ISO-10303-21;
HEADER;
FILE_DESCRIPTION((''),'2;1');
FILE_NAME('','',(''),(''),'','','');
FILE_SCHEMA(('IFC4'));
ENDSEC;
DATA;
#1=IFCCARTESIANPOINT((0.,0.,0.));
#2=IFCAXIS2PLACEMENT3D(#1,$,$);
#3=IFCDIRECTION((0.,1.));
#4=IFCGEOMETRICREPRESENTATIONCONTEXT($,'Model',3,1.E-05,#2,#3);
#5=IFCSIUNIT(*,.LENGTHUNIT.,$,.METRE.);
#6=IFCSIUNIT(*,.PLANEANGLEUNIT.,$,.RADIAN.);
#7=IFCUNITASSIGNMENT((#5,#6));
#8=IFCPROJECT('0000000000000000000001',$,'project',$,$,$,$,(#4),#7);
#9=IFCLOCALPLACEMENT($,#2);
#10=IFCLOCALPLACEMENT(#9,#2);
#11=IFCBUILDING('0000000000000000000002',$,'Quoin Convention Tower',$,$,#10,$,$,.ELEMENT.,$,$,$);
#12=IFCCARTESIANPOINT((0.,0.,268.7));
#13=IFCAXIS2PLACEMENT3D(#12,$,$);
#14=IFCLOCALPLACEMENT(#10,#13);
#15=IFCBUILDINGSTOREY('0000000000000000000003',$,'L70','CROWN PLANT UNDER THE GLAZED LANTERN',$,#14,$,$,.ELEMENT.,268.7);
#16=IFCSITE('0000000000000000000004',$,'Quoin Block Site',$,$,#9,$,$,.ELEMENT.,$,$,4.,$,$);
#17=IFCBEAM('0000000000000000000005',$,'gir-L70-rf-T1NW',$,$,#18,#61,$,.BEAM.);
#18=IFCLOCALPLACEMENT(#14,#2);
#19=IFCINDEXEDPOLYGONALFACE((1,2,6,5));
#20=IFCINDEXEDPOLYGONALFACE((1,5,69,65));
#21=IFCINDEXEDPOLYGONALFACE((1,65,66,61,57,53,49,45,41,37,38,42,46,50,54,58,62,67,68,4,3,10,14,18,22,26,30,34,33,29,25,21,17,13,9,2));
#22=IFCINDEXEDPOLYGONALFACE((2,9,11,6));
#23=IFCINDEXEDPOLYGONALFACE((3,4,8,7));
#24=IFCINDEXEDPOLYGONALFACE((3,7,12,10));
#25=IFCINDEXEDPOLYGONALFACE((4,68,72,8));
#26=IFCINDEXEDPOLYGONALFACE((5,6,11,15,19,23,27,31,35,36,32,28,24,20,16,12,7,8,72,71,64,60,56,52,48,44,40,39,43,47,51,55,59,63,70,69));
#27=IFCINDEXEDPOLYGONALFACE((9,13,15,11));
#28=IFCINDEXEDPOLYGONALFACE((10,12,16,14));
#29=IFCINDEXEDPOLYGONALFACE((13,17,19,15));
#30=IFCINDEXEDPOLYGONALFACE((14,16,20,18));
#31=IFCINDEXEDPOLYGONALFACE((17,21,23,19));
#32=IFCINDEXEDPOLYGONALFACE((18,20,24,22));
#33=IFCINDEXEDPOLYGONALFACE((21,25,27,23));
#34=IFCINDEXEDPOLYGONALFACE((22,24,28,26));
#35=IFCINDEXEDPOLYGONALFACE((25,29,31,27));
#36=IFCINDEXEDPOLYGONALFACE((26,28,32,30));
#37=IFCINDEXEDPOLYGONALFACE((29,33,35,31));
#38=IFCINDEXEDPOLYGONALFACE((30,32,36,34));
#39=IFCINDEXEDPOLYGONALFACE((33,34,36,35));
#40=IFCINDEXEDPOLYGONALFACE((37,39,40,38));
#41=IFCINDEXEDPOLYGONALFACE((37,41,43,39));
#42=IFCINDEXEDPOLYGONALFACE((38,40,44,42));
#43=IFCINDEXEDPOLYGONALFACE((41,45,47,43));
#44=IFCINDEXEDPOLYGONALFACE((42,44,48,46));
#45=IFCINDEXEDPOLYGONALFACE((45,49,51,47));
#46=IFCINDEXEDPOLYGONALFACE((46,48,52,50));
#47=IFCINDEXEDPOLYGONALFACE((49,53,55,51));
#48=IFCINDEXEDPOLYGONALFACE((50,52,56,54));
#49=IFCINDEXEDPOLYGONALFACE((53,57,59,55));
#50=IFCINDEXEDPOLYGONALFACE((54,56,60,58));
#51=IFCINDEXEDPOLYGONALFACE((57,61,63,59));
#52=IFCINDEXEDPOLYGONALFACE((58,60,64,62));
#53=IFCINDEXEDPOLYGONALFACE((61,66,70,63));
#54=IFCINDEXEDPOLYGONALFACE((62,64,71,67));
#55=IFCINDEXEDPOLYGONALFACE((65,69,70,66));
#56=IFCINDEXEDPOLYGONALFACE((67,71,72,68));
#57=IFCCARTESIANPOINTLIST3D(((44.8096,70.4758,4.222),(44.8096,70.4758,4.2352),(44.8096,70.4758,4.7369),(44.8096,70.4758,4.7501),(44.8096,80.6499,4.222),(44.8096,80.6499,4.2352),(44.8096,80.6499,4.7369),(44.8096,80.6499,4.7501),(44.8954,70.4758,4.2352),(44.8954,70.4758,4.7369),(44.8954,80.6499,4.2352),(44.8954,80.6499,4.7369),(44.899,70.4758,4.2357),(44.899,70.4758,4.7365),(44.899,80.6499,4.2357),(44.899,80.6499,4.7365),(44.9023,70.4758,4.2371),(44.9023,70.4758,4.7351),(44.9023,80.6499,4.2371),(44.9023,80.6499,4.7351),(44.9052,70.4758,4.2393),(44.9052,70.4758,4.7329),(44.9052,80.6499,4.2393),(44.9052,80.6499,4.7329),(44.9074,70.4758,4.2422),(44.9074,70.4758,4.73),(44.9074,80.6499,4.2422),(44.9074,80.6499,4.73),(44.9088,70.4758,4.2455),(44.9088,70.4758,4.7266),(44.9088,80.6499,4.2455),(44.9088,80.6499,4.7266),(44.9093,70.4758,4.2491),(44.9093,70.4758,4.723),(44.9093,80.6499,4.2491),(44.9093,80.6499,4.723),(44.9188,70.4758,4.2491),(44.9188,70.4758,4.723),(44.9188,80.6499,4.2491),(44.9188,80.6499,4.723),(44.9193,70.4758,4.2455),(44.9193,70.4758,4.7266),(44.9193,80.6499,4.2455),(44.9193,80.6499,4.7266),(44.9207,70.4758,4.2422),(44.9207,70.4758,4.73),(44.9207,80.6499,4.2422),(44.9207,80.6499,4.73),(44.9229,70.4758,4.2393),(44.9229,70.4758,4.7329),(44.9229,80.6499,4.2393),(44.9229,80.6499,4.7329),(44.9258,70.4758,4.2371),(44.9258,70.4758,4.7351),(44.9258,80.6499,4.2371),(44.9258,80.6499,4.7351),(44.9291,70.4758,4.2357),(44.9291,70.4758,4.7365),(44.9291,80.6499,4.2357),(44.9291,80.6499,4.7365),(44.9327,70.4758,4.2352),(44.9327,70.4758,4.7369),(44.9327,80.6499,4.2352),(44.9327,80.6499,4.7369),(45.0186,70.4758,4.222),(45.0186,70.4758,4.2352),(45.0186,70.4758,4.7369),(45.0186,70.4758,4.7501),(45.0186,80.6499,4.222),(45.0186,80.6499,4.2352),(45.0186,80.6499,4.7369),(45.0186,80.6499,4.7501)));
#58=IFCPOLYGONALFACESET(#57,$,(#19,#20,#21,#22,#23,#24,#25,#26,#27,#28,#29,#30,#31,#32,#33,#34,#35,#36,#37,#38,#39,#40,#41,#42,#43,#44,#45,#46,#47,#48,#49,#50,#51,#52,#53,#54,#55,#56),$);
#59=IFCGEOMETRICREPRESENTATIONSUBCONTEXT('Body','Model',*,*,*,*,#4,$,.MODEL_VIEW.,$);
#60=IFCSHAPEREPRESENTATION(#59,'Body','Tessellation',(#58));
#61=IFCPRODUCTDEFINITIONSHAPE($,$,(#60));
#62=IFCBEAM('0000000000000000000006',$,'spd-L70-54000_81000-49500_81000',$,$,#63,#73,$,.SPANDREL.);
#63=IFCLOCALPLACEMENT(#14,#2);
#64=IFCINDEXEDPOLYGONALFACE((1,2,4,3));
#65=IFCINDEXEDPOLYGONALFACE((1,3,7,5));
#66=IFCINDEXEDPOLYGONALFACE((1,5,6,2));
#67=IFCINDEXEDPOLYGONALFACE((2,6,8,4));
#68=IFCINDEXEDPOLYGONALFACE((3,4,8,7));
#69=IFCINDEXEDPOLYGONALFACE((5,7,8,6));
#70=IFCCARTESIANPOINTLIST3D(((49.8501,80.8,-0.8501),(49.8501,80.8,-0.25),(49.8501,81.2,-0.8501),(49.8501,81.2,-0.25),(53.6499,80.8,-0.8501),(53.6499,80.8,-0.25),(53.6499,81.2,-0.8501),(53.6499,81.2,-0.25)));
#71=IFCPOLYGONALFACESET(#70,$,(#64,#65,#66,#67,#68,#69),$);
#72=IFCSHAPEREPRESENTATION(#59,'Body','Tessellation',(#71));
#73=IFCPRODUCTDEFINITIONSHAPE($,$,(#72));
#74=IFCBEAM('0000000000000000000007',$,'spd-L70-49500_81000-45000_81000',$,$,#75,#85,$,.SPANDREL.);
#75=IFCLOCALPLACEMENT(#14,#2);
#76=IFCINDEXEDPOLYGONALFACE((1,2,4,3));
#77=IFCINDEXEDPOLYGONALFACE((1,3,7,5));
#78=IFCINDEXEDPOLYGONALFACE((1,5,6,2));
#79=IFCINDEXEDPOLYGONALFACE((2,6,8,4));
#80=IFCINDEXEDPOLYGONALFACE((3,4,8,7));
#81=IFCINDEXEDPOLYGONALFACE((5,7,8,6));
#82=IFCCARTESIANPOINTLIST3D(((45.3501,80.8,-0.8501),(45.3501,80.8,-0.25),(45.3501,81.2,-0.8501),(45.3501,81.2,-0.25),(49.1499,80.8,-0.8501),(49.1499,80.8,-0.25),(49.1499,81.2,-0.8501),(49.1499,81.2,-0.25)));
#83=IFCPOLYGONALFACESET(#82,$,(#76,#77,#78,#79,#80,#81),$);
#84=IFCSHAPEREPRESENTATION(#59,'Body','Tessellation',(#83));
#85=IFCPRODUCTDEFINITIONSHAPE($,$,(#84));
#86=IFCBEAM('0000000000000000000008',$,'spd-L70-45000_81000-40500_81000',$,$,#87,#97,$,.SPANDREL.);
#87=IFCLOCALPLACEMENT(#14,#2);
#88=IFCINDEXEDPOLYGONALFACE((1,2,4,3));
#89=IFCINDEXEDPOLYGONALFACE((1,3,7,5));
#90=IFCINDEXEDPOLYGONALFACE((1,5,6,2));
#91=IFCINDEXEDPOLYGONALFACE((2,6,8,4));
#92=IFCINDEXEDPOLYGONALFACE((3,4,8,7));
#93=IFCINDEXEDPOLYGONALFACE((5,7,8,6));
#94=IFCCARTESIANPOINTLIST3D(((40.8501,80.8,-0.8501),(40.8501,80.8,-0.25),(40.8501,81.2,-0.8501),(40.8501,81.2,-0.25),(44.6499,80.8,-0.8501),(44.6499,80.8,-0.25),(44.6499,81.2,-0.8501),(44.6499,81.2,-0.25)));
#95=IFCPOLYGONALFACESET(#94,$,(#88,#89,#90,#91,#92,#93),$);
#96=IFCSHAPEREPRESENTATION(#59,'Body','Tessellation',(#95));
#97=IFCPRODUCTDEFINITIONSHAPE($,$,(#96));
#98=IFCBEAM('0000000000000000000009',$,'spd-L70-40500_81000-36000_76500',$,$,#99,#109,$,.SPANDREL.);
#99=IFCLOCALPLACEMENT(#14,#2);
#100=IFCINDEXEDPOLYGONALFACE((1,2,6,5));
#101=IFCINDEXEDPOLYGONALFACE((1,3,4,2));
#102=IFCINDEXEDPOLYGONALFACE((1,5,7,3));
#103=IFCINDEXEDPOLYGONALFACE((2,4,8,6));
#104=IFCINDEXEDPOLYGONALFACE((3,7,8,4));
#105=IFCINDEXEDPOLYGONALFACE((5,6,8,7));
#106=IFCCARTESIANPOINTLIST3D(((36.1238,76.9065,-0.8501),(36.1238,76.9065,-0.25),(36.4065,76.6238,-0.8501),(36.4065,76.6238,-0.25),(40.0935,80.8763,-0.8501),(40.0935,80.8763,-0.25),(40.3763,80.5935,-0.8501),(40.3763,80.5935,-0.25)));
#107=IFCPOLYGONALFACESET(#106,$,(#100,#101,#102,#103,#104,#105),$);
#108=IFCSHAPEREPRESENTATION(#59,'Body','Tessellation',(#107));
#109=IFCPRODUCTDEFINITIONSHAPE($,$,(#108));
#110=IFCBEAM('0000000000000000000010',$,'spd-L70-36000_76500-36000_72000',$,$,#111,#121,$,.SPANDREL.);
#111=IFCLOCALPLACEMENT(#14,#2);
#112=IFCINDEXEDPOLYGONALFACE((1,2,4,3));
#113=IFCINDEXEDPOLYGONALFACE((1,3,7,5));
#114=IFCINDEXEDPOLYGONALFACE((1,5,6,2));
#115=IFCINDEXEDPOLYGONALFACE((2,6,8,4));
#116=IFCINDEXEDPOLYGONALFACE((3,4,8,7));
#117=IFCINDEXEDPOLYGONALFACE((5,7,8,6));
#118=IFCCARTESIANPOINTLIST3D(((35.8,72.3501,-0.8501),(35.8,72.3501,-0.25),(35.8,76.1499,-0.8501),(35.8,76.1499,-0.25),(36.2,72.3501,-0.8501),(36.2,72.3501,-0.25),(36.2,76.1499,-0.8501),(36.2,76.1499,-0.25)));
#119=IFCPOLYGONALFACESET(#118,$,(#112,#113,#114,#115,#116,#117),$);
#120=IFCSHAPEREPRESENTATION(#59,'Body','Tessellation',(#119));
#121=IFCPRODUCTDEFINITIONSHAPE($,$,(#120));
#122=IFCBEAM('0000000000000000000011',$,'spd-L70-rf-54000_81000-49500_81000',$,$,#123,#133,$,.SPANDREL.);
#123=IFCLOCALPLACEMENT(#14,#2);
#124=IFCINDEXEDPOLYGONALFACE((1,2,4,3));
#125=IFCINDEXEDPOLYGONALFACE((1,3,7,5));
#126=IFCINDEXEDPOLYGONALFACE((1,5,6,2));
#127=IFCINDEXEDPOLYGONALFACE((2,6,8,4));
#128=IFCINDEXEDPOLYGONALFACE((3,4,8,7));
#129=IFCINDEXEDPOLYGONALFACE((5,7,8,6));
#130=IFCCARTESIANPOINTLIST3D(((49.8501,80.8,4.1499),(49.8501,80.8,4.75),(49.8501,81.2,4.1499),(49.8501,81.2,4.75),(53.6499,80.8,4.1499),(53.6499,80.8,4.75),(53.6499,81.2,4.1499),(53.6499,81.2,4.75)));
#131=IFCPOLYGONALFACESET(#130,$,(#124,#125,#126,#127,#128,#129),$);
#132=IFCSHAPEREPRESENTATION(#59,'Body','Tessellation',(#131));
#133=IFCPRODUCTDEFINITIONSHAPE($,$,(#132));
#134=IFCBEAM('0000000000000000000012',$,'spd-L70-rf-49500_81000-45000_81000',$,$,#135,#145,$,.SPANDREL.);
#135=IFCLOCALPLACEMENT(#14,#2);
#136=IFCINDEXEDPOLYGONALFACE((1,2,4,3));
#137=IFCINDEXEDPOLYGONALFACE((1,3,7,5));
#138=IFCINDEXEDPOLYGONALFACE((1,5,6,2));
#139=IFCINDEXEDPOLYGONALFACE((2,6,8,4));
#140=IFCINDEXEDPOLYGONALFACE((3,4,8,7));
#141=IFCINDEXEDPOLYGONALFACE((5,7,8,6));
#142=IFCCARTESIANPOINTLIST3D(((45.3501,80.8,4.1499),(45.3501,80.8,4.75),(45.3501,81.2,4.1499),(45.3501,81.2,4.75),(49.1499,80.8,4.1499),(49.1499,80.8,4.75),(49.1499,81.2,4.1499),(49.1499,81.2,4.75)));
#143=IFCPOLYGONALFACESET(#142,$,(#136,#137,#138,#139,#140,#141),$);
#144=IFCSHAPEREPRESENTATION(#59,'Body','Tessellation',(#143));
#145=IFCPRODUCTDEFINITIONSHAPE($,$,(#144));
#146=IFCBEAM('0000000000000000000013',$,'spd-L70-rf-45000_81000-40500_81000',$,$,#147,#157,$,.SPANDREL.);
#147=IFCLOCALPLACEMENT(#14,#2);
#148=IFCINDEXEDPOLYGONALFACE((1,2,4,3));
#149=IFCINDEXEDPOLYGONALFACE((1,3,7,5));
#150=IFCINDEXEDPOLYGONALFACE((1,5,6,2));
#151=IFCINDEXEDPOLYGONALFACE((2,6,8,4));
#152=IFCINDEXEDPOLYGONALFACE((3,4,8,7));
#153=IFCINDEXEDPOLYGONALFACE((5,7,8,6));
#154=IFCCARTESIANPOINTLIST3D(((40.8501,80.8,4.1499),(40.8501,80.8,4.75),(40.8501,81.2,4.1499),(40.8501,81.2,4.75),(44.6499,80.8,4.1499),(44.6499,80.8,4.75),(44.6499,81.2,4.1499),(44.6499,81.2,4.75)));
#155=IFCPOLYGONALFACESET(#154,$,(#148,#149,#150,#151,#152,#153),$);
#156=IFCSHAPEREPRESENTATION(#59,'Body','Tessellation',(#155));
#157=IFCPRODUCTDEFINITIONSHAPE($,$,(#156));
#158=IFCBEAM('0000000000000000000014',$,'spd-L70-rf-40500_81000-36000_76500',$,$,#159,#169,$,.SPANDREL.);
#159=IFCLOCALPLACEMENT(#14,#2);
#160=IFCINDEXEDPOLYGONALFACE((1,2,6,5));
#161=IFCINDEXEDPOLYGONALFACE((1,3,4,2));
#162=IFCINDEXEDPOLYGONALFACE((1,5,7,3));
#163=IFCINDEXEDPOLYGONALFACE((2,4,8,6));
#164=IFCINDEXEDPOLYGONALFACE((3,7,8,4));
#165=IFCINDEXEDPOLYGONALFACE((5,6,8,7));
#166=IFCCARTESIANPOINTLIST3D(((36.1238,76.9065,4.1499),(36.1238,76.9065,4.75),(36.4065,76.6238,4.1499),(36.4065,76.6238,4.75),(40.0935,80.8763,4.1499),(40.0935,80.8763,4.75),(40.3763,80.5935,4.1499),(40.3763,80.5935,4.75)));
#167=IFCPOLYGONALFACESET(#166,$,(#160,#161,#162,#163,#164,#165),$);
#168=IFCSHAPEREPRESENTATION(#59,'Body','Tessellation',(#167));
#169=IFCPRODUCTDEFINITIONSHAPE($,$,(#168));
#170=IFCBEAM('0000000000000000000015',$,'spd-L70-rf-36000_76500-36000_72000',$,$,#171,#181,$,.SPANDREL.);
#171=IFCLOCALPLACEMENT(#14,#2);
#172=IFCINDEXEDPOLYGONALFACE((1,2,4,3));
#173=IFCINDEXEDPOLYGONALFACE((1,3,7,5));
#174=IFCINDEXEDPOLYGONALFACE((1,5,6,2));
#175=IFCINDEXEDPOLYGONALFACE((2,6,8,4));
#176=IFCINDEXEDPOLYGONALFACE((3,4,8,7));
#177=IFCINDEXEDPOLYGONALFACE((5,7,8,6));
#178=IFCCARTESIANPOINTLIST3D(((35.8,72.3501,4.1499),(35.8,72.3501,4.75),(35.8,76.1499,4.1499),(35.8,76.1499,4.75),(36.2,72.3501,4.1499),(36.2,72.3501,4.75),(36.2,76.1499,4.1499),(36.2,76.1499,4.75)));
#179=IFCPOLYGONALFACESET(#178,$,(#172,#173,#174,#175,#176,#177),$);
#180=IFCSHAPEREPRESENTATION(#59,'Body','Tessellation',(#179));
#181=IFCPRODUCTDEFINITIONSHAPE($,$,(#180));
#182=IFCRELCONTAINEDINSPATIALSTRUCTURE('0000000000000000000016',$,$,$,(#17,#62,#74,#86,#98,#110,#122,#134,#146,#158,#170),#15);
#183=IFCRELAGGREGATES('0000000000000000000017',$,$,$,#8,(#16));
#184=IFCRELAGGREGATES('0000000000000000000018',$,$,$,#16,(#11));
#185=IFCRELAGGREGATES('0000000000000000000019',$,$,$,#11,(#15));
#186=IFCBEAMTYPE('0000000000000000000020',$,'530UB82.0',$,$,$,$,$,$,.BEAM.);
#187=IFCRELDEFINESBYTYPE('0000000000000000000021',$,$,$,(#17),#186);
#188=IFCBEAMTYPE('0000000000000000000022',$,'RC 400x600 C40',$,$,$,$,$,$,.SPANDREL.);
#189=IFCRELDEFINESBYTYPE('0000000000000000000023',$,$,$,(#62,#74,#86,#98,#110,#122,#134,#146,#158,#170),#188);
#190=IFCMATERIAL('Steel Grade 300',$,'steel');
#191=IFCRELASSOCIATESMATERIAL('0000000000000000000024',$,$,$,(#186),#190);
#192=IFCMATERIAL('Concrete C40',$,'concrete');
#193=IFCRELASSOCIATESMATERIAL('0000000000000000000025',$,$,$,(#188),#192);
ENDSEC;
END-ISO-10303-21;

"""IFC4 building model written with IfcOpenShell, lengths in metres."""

from ifc_helpers import new_model, si_unit, direction, frame, origin, origin_2d, place, context, subcontext, project, spatial, rectangle, i_section, extrude, material, material_profile, profile_set, type_object, element, save


model = new_model("IFC4")

# Units and contexts
model_context = context("Model", 3, precision=1e-05, world=origin(), true_north=direction((0.0, 1.0)))
body_context = subcontext(model_context, "Body", "Model", "MODEL_VIEW")
ifc_project = project(units=[si_unit("LENGTHUNIT", "METRE"), si_unit("PLANEANGLEUNIT", "RADIAN")], contexts=[model_context])

# Site, building, storey
site_placement = place(None, origin())
site = spatial("IfcSite", under=ifc_project, at=site_placement, Name="Quoin Block Site", CompositionType="ELEMENT", RefElevation=4.0)
building_placement = place(site_placement, origin())
building = spatial("IfcBuilding", under=site, at=building_placement, Name="Quoin Convention Tower", CompositionType="ELEMENT")
storey_placement = place(building_placement, frame((0.0, 0.0, 268.7)))
storey = spatial("IfcBuildingStorey", under=building, at=storey_placement, Name="L70", Description="CROWN PLANT UNDER THE GLAZED LANTERN", CompositionType="ELEMENT", Elevation=268.7)

# Shared definitions
ifc_material_1 = material(Name="Concrete C40", Category="concrete")

# Beams
ifc_material_2 = material(Name="Steel Grade 300", Category="steel")
ifc_material_profile_1 = material_profile(ifc_material_2, i_section(OverallWidth=0.209, OverallDepth=0.5281, WebThickness=0.0095, FlangeThickness=0.0132, FilletRadius=0.0139, at=origin_2d()), Name="530UB82.0")
ifc_profile_set_1 = profile_set([ifc_material_profile_1], Name="Steel Grade 300")
beam_type_1 = type_object("IfcBeamType", Name="530UB82.0", PredefinedType="BEAM", material=ifc_profile_set_1)
beam_1_placement = place(storey_placement, frame((44.9141, 80.6499, 4.4861), z_axis=(0.0, -1.0, 0.0), x_axis=(1.0, 0.0, 0.0)))
element("IfcBeam", 1, at=beam_1_placement, inside=storey, type_object=beam_type_1, Name="gir-L70-rf-T1NW", PredefinedType="BEAM", context=body_context, shape_type="SweptSolid", body=[
    extrude(i_section(OverallWidth=0.209, OverallDepth=0.5281, WebThickness=0.0095, FlangeThickness=0.0132, FilletRadius=0.0139, at=origin_2d()), origin(), (0.0, 0.0, 1.0), 10.1741),
])
ifc_material_profile_2 = material_profile(ifc_material_1, rectangle(XDim=0.3999, YDim=0.6001, at=origin_2d()), Name="RC 400x600")
ifc_profile_set_2 = profile_set([ifc_material_profile_2], Name="Concrete C40")
beam_type_2 = type_object("IfcBeamType", Name="RC 400x600 C40", PredefinedType="SPANDREL", material=ifc_profile_set_2)
for number, where, z_axis, x_axis, name in (
    (2, (53.6499, 81.0, -0.55), (-1.0, 0.0, 0.0), (0.0, -1.0, 0.0), "spd-L70-54000_81000-49500_81000"),
    (3, (49.1499, 81.0, -0.55), (-1.0, 0.0, 0.0), (0.0, -1.0, 0.0), "spd-L70-49500_81000-45000_81000"),
    (4, (44.6499, 81.0, -0.55), (-1.0, 0.0, 0.0), (0.0, -1.0, 0.0), "spd-L70-45000_81000-40500_81000"),
):
    element("IfcBeam", number, at=place(storey_placement, frame(where, z_axis=z_axis, x_axis=x_axis)), inside=storey, type_object=beam_type_2, Name=name, PredefinedType="SPANDREL", context=body_context, shape_type="SweptSolid", body=[
        extrude(rectangle(XDim=0.3999, YDim=0.6001, at=origin_2d()), origin(), (0.0, 0.0, 1.0), 3.7998),
    ])
beam_2_placement = place(storey_placement, frame((40.2349, 80.7349, -0.55), z_axis=(-0.707107, -0.707107, 0.0), x_axis=(0.707107, -0.707107, 0.0)))
element("IfcBeam", 5, at=beam_2_placement, inside=storey, type_object=beam_type_2, Name="spd-L70-40500_81000-36000_76500", PredefinedType="SPANDREL", context=body_context, shape_type="SweptSolid", body=[
    extrude(rectangle(XDim=0.3999, YDim=0.6001, at=origin_2d()), origin(), (0.0, 0.0, 1.0), 5.614),
])
for number, where, z_axis, x_axis, name in (
    (6, (36.0, 76.1499, -0.55), (0.0, -1.0, 0.0), (1.0, 0.0, 0.0), "spd-L70-36000_76500-36000_72000"),
    (7, (53.6499, 81.0, 4.45), (-1.0, 0.0, 0.0), (0.0, -1.0, 0.0), "spd-L70-rf-54000_81000-49500_81000"),
    (8, (49.1499, 81.0, 4.45), (-1.0, 0.0, 0.0), (0.0, -1.0, 0.0), "spd-L70-rf-49500_81000-45000_81000"),
    (9, (44.6499, 81.0, 4.45), (-1.0, 0.0, 0.0), (0.0, -1.0, 0.0), "spd-L70-rf-45000_81000-40500_81000"),
):
    element("IfcBeam", number, at=place(storey_placement, frame(where, z_axis=z_axis, x_axis=x_axis)), inside=storey, type_object=beam_type_2, Name=name, PredefinedType="SPANDREL", context=body_context, shape_type="SweptSolid", body=[
        extrude(rectangle(XDim=0.3999, YDim=0.6001, at=origin_2d()), origin(), (0.0, 0.0, 1.0), 3.7998),
    ])
beam_3_placement = place(storey_placement, frame((40.2349, 80.7349, 4.45), z_axis=(-0.707107, -0.707107, 0.0), x_axis=(0.707107, -0.707107, 0.0)))
element("IfcBeam", 10, at=beam_3_placement, inside=storey, type_object=beam_type_2, Name="spd-L70-rf-40500_81000-36000_76500", PredefinedType="SPANDREL", context=body_context, shape_type="SweptSolid", body=[
    extrude(rectangle(XDim=0.3999, YDim=0.6001, at=origin_2d()), origin(), (0.0, 0.0, 1.0), 5.614),
])
beam_4_placement = place(storey_placement, frame((36.0, 76.1499, 4.45), z_axis=(0.0, -1.0, 0.0), x_axis=(1.0, 0.0, 0.0)))
element("IfcBeam", 11, at=beam_4_placement, inside=storey, type_object=beam_type_2, Name="spd-L70-rf-36000_76500-36000_72000", PredefinedType="SPANDREL", context=body_context, shape_type="SweptSolid", body=[
    extrude(rectangle(XDim=0.3999, YDim=0.6001, at=origin_2d()), origin(), (0.0, 0.0, 1.0), 3.7998),
])

save(model, "model.ifc")
